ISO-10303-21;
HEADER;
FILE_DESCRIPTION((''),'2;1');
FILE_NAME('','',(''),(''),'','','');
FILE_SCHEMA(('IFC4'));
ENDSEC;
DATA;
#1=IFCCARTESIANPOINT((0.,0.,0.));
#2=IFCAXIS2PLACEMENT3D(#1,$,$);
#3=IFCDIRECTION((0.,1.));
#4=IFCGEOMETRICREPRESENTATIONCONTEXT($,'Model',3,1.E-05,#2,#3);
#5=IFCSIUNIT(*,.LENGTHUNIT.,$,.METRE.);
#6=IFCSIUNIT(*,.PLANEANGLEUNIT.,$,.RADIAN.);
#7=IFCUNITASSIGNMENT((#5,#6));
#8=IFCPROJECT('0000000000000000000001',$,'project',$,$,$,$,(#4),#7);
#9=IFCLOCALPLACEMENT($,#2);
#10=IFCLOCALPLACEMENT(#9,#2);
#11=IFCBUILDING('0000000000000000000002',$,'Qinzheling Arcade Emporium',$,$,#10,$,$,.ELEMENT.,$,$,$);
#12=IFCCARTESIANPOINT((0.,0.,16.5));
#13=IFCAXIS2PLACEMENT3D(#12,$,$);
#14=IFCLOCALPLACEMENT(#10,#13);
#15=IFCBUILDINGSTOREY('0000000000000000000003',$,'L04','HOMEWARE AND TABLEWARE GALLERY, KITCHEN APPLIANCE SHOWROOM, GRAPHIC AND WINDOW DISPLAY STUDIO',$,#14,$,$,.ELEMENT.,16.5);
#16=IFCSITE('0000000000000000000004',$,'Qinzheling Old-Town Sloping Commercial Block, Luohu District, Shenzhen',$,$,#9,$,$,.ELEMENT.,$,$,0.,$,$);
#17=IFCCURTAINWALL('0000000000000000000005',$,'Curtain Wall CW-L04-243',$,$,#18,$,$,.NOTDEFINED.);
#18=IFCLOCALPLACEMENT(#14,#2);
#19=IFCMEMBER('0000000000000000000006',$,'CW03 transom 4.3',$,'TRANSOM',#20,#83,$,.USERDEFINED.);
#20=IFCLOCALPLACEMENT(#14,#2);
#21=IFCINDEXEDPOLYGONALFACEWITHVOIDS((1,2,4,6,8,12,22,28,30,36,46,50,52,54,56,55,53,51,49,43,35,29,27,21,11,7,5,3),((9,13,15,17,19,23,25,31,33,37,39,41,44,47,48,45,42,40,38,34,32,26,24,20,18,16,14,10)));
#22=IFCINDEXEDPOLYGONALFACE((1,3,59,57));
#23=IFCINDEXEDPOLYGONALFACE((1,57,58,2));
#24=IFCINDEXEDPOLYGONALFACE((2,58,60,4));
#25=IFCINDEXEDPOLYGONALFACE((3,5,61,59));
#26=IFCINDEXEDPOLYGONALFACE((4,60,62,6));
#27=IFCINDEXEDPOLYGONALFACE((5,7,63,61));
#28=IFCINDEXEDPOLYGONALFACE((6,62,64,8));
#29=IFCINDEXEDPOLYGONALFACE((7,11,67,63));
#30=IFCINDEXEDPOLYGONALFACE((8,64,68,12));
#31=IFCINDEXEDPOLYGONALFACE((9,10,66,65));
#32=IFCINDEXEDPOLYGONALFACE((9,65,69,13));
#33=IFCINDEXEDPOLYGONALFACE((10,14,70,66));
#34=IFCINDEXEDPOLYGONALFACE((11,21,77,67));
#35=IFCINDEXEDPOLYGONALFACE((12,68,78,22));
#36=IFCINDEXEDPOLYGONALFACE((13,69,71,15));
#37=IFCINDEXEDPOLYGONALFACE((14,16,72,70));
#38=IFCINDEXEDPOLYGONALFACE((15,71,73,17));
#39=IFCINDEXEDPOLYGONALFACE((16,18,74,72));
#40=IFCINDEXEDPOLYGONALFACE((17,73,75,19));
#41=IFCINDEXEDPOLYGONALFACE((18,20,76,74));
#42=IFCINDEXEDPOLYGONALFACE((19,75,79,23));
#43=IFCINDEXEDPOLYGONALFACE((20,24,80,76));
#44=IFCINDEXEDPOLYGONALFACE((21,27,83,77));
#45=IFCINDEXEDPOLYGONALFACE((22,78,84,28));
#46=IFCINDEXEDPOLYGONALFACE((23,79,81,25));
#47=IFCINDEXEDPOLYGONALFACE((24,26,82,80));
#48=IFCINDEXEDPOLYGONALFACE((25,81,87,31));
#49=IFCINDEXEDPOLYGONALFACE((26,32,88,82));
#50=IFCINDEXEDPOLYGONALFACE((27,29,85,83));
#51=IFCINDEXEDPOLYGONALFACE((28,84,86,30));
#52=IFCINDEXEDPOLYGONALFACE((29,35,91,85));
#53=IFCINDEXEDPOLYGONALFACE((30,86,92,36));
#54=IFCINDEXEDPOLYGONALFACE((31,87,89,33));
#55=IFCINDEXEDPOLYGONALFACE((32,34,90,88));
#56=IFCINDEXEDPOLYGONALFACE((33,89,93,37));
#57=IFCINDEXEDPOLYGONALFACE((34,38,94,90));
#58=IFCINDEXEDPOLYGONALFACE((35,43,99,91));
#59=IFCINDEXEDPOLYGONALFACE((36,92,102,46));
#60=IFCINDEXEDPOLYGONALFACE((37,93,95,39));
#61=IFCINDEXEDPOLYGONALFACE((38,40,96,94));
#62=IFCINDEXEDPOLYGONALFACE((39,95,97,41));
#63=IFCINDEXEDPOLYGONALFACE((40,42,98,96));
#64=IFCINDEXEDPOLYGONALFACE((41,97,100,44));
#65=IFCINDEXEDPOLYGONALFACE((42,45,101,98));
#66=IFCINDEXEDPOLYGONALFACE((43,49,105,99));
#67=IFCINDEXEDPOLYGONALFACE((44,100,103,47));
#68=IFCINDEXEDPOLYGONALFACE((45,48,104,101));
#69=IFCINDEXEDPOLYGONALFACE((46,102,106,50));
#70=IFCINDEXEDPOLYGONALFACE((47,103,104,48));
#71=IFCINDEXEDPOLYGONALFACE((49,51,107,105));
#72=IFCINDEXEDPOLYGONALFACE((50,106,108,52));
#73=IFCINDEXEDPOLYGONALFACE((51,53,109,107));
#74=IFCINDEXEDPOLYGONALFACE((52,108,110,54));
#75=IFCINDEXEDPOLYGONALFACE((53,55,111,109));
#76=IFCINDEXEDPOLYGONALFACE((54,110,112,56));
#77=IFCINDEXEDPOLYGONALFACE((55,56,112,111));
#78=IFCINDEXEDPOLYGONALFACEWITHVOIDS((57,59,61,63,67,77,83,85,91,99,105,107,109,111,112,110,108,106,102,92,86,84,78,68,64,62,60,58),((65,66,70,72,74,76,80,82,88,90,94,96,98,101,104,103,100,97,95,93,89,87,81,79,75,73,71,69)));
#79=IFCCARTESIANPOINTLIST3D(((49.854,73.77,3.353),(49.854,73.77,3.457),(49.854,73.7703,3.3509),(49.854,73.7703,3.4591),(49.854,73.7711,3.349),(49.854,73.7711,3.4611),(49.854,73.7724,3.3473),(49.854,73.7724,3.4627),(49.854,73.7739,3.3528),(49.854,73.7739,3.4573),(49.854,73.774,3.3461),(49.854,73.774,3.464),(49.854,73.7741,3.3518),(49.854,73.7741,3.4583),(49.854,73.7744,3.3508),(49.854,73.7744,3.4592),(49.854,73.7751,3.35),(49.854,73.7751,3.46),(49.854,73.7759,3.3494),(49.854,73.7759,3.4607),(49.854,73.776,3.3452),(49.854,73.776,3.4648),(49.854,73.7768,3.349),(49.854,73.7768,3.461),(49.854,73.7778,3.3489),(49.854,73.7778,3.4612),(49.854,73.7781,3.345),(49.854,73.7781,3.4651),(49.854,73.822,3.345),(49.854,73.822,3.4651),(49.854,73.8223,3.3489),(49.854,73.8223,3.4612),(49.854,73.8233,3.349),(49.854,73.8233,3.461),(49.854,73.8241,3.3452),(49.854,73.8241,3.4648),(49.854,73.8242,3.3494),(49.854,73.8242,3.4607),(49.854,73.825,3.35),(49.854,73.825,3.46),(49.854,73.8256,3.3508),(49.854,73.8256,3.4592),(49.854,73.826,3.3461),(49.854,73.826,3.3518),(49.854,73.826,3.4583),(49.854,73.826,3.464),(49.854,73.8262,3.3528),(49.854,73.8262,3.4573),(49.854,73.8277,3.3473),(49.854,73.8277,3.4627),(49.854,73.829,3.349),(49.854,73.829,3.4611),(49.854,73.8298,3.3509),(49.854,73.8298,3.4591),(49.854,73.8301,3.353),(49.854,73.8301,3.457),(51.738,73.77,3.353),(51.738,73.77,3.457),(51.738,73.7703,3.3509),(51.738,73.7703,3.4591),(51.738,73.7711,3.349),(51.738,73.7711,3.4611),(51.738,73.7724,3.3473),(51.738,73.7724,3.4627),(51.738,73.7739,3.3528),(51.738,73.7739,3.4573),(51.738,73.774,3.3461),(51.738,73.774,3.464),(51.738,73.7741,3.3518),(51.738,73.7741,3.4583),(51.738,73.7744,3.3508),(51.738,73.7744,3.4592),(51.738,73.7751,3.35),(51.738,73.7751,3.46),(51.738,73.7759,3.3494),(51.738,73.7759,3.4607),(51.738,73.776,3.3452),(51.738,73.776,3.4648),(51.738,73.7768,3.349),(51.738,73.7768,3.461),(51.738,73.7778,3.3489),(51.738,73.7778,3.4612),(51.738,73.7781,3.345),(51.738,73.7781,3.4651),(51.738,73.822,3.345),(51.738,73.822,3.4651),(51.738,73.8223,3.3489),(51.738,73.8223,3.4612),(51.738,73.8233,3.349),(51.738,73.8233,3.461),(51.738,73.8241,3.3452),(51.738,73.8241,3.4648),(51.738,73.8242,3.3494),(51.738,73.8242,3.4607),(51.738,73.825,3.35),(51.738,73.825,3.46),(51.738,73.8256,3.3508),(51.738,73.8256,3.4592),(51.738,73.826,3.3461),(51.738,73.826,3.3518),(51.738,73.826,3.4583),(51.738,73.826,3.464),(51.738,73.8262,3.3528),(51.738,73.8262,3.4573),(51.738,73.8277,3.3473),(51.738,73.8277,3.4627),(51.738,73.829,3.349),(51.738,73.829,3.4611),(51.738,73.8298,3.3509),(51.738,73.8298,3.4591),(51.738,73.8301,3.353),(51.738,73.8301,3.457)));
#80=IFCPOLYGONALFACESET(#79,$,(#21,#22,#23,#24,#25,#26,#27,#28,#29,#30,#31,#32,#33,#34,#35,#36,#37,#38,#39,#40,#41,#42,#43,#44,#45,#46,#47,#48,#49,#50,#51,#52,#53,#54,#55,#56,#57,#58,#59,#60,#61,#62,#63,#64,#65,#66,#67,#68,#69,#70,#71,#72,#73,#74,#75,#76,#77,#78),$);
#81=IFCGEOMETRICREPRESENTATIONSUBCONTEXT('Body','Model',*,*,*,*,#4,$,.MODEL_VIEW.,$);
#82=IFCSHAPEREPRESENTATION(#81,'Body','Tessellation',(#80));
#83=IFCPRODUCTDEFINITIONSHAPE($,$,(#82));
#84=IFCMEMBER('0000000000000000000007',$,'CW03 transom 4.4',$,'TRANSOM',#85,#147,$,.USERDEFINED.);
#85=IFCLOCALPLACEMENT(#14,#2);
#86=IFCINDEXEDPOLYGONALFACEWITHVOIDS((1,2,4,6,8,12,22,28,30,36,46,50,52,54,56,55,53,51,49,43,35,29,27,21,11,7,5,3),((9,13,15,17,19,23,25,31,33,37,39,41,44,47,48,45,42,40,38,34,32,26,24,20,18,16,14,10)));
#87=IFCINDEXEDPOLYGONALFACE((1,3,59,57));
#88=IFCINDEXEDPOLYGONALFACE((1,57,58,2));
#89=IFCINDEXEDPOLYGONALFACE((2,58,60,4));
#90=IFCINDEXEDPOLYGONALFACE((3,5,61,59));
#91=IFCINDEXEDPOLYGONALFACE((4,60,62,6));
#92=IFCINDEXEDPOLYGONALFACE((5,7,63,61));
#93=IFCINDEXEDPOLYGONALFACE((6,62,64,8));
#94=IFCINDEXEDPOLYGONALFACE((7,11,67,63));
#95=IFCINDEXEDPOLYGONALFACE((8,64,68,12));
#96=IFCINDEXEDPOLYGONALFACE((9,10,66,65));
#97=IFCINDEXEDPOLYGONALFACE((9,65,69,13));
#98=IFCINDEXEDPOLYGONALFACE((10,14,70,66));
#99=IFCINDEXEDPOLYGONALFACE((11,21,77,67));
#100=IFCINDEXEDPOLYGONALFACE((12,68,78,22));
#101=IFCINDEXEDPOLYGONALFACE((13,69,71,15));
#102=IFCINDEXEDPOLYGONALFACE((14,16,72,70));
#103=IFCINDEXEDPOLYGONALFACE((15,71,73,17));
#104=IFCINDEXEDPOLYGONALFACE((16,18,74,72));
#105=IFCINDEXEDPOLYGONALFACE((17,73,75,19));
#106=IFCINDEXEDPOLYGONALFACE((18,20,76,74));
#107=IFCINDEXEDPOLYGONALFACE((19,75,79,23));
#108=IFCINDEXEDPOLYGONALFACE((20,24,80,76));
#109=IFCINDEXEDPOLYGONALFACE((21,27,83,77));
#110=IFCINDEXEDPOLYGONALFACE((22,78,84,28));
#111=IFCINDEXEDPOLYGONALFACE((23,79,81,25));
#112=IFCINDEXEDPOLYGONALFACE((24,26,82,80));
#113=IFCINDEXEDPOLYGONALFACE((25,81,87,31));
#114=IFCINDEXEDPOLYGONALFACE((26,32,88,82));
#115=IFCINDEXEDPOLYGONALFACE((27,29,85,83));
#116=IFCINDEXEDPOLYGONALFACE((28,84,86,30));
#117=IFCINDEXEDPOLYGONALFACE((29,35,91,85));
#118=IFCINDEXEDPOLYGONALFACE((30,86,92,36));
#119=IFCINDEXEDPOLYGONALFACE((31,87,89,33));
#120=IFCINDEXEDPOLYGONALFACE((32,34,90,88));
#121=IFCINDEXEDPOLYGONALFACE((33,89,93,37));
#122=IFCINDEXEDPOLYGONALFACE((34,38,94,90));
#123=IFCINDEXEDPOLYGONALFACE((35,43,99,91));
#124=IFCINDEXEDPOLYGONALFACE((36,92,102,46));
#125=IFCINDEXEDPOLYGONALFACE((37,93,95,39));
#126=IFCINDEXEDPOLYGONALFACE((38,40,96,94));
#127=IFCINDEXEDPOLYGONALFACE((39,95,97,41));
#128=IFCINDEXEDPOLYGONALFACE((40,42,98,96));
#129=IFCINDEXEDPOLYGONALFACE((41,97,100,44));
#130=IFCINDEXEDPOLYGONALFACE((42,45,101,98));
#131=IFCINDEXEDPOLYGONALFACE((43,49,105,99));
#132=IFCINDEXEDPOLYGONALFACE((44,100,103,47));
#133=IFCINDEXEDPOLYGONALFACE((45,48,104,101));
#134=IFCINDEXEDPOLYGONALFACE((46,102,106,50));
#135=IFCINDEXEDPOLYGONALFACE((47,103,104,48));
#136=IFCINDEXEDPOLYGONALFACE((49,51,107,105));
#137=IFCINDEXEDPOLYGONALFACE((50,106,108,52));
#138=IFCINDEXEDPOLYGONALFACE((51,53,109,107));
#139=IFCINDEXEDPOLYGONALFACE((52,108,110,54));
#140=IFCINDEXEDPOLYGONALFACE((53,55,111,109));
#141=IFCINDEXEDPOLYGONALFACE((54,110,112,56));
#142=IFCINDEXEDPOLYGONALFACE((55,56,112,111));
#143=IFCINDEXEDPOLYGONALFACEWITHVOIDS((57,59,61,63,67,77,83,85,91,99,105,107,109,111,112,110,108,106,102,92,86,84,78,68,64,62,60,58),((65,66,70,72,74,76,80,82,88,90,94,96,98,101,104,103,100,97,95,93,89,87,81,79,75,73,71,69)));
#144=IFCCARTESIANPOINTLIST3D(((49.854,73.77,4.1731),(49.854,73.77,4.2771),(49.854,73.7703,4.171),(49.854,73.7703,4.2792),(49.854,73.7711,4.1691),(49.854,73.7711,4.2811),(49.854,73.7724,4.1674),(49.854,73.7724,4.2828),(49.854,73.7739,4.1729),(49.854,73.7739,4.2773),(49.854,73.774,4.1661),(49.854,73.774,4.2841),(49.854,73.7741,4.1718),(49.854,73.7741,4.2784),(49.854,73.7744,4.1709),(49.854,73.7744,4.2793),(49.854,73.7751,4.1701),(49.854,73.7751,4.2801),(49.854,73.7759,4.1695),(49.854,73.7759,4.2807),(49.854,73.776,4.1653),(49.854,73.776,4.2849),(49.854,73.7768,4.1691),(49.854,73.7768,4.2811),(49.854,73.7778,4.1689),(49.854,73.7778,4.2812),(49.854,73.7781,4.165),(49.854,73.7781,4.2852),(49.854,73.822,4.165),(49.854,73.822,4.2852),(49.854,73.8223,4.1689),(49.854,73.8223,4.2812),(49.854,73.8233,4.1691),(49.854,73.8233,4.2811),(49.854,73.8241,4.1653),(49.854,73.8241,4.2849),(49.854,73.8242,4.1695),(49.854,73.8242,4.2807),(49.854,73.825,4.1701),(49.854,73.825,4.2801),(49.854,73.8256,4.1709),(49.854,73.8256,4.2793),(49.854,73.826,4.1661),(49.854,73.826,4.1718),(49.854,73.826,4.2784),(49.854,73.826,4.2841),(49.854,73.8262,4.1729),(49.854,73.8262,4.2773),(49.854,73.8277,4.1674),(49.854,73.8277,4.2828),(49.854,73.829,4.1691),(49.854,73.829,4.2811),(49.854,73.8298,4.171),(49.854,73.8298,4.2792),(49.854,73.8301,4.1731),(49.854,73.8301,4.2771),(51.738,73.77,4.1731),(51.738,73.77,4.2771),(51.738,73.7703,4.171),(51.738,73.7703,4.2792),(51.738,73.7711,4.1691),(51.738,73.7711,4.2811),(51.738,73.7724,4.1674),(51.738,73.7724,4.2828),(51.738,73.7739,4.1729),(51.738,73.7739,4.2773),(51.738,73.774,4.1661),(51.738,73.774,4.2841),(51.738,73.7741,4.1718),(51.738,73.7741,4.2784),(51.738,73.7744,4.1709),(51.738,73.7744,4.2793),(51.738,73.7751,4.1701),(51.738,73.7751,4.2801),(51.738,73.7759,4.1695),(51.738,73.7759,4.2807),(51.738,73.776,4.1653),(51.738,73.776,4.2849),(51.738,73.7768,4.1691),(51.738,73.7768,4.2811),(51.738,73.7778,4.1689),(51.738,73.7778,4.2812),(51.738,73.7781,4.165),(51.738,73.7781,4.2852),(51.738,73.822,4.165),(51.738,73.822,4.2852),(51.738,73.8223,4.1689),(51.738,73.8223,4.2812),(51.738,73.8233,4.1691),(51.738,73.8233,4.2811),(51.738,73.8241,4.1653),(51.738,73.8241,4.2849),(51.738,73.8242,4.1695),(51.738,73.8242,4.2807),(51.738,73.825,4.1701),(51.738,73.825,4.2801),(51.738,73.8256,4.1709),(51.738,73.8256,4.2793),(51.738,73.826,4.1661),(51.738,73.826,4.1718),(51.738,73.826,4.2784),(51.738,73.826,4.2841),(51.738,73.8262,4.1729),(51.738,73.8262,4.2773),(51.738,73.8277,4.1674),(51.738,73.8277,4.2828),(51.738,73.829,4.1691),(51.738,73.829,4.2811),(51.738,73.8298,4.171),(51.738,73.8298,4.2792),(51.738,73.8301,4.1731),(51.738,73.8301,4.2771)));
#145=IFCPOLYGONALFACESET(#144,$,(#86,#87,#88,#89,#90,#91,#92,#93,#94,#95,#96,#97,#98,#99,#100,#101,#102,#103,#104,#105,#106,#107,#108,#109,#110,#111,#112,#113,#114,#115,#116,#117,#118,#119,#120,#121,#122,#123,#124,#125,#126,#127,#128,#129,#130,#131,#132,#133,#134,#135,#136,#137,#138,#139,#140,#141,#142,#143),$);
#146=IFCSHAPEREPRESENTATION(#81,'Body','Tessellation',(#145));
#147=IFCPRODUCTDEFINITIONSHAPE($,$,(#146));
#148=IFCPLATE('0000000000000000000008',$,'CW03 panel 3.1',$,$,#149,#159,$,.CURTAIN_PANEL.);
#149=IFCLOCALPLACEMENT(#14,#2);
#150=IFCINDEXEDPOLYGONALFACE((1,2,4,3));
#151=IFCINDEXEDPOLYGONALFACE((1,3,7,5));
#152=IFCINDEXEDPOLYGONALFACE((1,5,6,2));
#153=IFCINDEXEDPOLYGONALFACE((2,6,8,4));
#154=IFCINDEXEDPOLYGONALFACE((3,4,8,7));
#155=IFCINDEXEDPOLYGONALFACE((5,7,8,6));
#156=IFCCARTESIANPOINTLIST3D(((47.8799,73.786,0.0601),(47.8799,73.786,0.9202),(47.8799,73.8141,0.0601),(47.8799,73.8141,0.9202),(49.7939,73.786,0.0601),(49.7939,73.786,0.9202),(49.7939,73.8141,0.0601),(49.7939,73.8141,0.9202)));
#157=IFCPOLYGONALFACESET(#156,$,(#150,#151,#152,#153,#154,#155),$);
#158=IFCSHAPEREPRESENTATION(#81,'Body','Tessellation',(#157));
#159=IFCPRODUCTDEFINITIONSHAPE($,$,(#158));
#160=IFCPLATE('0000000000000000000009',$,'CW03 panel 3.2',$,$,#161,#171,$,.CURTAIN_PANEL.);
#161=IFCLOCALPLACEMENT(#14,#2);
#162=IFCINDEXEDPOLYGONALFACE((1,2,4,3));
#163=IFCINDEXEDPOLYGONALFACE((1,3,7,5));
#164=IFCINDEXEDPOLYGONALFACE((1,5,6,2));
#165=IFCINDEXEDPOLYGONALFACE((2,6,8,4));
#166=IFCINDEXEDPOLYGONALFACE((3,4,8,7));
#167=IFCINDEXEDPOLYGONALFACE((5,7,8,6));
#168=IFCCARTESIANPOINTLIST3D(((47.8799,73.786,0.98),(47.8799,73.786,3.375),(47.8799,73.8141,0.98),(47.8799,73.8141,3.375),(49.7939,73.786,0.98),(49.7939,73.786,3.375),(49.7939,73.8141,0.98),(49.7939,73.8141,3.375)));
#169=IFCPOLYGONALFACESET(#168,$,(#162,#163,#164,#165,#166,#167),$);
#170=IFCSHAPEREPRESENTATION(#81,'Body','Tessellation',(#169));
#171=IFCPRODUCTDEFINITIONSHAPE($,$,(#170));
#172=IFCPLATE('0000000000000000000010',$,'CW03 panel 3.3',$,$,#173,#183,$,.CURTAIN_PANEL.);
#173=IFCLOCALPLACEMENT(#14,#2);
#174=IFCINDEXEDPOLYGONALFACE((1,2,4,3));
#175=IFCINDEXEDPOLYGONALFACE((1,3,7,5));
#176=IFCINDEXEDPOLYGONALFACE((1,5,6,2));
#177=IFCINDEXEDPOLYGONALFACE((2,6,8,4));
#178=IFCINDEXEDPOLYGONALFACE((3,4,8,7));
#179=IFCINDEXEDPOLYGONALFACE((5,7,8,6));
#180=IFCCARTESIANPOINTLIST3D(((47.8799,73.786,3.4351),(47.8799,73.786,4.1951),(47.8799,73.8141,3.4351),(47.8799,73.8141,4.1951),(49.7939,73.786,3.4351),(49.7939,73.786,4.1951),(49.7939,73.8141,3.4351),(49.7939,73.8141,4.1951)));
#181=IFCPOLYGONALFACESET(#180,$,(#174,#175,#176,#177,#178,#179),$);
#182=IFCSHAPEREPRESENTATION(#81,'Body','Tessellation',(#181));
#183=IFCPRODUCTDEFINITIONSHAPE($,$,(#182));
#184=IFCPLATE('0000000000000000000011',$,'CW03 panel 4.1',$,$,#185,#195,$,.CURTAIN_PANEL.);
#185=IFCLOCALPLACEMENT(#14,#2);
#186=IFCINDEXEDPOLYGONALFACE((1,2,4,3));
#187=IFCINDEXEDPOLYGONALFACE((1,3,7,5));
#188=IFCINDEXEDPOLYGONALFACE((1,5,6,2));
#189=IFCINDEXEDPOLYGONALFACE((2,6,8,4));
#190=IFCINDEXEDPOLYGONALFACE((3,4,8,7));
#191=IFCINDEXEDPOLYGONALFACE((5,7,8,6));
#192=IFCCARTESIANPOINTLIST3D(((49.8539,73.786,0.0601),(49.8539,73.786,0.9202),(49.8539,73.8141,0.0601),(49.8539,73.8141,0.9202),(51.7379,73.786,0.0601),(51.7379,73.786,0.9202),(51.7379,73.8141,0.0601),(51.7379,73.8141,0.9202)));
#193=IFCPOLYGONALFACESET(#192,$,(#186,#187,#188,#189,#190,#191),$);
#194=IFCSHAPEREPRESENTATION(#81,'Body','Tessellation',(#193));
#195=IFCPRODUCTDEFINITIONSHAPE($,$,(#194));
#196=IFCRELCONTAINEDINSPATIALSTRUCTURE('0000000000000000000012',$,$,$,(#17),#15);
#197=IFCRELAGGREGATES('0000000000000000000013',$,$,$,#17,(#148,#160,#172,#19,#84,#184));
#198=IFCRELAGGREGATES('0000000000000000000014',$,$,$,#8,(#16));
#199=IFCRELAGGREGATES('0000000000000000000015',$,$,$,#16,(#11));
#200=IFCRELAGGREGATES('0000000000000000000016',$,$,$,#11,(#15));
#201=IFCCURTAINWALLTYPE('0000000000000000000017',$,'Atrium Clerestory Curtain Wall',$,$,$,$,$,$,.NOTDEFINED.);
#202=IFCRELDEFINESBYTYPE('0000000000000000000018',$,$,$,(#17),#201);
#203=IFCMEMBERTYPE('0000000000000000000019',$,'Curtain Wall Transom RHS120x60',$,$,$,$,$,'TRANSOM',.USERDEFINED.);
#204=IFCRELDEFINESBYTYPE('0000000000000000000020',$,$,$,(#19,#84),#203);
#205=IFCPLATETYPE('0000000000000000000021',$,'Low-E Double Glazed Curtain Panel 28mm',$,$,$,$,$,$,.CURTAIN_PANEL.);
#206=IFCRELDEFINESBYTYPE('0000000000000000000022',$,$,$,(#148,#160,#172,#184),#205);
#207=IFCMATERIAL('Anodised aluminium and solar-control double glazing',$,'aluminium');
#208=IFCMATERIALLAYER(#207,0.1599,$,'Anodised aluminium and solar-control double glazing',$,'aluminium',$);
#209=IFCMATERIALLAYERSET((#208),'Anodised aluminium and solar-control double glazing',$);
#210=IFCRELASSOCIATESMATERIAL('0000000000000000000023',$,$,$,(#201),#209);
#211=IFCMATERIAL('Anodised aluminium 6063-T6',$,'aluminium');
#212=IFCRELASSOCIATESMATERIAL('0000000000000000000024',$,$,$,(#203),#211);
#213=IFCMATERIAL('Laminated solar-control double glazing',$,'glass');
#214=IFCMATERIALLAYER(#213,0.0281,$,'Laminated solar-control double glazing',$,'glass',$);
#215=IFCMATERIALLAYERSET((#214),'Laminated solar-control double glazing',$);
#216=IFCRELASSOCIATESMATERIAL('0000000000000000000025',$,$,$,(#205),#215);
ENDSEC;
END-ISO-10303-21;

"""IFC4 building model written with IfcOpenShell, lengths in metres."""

from ifc_helpers import new_model, si_unit, direction, frame, origin, origin_2d, place, context, subcontext, project, spatial, rectangle, hollow_rectangle, extrude, material, layer, layer_set, material_profile, profile_set, type_object, element, aggregate, save


model = new_model("IFC4")

# Units and contexts
model_context = context("Model", 3, precision=1e-05, world=origin(), true_north=direction((0.0, 1.0)))
body_context = subcontext(model_context, "Body", "Model", "MODEL_VIEW")
ifc_project = project(units=[si_unit("LENGTHUNIT", "METRE"), si_unit("PLANEANGLEUNIT", "RADIAN")], contexts=[model_context])

# Site, building, storey
site_placement = place(None, origin())
site = spatial("IfcSite", under=ifc_project, at=site_placement, Name="Qinzheling Old-Town Sloping Commercial Block, Luohu District, Shenzhen", CompositionType="ELEMENT", RefElevation=0.0)
building_placement = place(site_placement, origin())
building = spatial("IfcBuilding", under=site, at=building_placement, Name="Qinzheling Arcade Emporium", CompositionType="ELEMENT")
storey_placement = place(building_placement, frame((0.0, 0.0, 16.5)))
storey = spatial("IfcBuildingStorey", under=building, at=storey_placement, Name="L04", Description="HOMEWARE AND TABLEWARE GALLERY, KITCHEN APPLIANCE SHOWROOM, GRAPHIC AND WINDOW DISPLAY STUDIO", CompositionType="ELEMENT", Elevation=16.5)

# Curtain wall, members, plates
ifc_material_1 = material(Name="Anodised aluminium and solar-control double glazing", Category="aluminium")
ifc_layer_1 = layer(ifc_material_1, 0.1599, Name="Anodised aluminium and solar-control double glazing", Category="aluminium")
ifc_layer_set_1 = layer_set([ifc_layer_1], Name="Anodised aluminium and solar-control double glazing")
curtain_wall_type = type_object("IfcCurtainWallType", Name="Atrium Clerestory Curtain Wall", PredefinedType="NOTDEFINED", material=ifc_layer_set_1)
curtain_wall_placement = place(storey_placement, origin())
curtain_wall = element("IfcCurtainWall", 1, at=curtain_wall_placement, inside=storey, type_object=curtain_wall_type, Name="Curtain Wall CW-L04-243", PredefinedType="NOTDEFINED")
ifc_material_2 = material(Name="Anodised aluminium 6063-T6", Category="aluminium")
ifc_material_profile_1 = material_profile(ifc_material_2, hollow_rectangle(XDim=0.0601, YDim=0.1201, WallThickness=0.0039, InnerFilletRadius=0.0039, OuterFilletRadius=0.0081, at=origin_2d()), Name="RHS 120x60x4", Category="aluminium")
ifc_profile_set_1 = profile_set([ifc_material_profile_1], Name="Anodised aluminium 6063-T6")
member_type_1 = type_object("IfcMemberType", Name="Curtain Wall Transom RHS120x60", ElementType="TRANSOM", PredefinedType="USERDEFINED", material=ifc_profile_set_1)
member_1_placement = place(storey_placement, frame((49.854, 73.8, 3.405), z_axis=(1.0, 0.0, 0.0), x_axis=(0.0, 1.0, 0.0)))
member_1 = element("IfcMember", 2, at=member_1_placement, type_object=member_type_1, Name="CW03 transom 4.3", ObjectType="TRANSOM", PredefinedType="USERDEFINED", context=body_context, shape_type="SweptSolid", body=[
    extrude(hollow_rectangle(XDim=0.0601, YDim=0.1201, WallThickness=0.0039, InnerFilletRadius=0.0039, OuterFilletRadius=0.0081, at=origin_2d()), origin(), (0.0, 0.0, 1.0), 1.884),
])
member_2_placement = place(storey_placement, frame((49.854, 73.8, 4.2251), z_axis=(1.0, 0.0, 0.0), x_axis=(0.0, 1.0, 0.0)))
member_2 = element("IfcMember", 3, at=member_2_placement, type_object=member_type_1, Name="CW03 transom 4.4", ObjectType="TRANSOM", PredefinedType="USERDEFINED", context=body_context, shape_type="SweptSolid", body=[
    extrude(hollow_rectangle(XDim=0.0601, YDim=0.1201, WallThickness=0.0039, InnerFilletRadius=0.0039, OuterFilletRadius=0.0081, at=origin_2d()), origin(), (0.0, 0.0, 1.0), 1.884),
])
ifc_material_3 = material(Name="Laminated solar-control double glazing", Category="glass")
ifc_layer_2 = layer(ifc_material_3, 0.0281, Name="Laminated solar-control double glazing", Category="glass")
ifc_layer_set_2 = layer_set([ifc_layer_2], Name="Laminated solar-control double glazing")
plate_type = type_object("IfcPlateType", Name="Low-E Double Glazed Curtain Panel 28mm", PredefinedType="CURTAIN_PANEL", material=ifc_layer_set_2)
plate_1_placement = place(storey_placement, frame((48.8369, 73.8, 0.0601), z_axis=(0.0, 0.0, 1.0), x_axis=(1.0, 0.0, 0.0)))
plate_1 = element("IfcPlate", 4, at=plate_1_placement, type_object=plate_type, Name="CW03 panel 3.1", PredefinedType="CURTAIN_PANEL", context=body_context, shape_type="SweptSolid", body=[
    extrude(rectangle(XDim=1.9141, YDim=0.0281, at=origin_2d()), origin(), (0.0, 0.0, 1.0), 0.8601),
])
plate_2_placement = place(storey_placement, frame((48.8369, 73.8, 0.98), z_axis=(0.0, 0.0, 1.0), x_axis=(1.0, 0.0, 0.0)))
plate_2 = element("IfcPlate", 5, at=plate_2_placement, type_object=plate_type, Name="CW03 panel 3.2", PredefinedType="CURTAIN_PANEL", context=body_context, shape_type="SweptSolid", body=[
    extrude(rectangle(XDim=1.9141, YDim=0.0281, at=origin_2d()), origin(), (0.0, 0.0, 1.0), 2.395),
])
plate_3_placement = place(storey_placement, frame((48.8369, 73.8, 3.4351), z_axis=(0.0, 0.0, 1.0), x_axis=(1.0, 0.0, 0.0)))
plate_3 = element("IfcPlate", 6, at=plate_3_placement, type_object=plate_type, Name="CW03 panel 3.3", PredefinedType="CURTAIN_PANEL", context=body_context, shape_type="SweptSolid", body=[
    extrude(rectangle(XDim=1.9141, YDim=0.0281, at=origin_2d()), origin(), (0.0, 0.0, 1.0), 0.76),
])
plate_4_placement = place(storey_placement, frame((50.7959, 73.8, 0.0601), z_axis=(0.0, 0.0, 1.0), x_axis=(1.0, 0.0, 0.0)))
plate_4 = element("IfcPlate", 7, at=plate_4_placement, type_object=plate_type, Name="CW03 panel 4.1", PredefinedType="CURTAIN_PANEL", context=body_context, shape_type="SweptSolid", body=[
    extrude(rectangle(XDim=1.884, YDim=0.0281, at=origin_2d()), origin(), (0.0, 0.0, 1.0), 0.8601),
])
aggregate(curtain_wall, [plate_1, plate_2, plate_3, member_1, member_2, plate_4])

save(model, "model.ifc")
